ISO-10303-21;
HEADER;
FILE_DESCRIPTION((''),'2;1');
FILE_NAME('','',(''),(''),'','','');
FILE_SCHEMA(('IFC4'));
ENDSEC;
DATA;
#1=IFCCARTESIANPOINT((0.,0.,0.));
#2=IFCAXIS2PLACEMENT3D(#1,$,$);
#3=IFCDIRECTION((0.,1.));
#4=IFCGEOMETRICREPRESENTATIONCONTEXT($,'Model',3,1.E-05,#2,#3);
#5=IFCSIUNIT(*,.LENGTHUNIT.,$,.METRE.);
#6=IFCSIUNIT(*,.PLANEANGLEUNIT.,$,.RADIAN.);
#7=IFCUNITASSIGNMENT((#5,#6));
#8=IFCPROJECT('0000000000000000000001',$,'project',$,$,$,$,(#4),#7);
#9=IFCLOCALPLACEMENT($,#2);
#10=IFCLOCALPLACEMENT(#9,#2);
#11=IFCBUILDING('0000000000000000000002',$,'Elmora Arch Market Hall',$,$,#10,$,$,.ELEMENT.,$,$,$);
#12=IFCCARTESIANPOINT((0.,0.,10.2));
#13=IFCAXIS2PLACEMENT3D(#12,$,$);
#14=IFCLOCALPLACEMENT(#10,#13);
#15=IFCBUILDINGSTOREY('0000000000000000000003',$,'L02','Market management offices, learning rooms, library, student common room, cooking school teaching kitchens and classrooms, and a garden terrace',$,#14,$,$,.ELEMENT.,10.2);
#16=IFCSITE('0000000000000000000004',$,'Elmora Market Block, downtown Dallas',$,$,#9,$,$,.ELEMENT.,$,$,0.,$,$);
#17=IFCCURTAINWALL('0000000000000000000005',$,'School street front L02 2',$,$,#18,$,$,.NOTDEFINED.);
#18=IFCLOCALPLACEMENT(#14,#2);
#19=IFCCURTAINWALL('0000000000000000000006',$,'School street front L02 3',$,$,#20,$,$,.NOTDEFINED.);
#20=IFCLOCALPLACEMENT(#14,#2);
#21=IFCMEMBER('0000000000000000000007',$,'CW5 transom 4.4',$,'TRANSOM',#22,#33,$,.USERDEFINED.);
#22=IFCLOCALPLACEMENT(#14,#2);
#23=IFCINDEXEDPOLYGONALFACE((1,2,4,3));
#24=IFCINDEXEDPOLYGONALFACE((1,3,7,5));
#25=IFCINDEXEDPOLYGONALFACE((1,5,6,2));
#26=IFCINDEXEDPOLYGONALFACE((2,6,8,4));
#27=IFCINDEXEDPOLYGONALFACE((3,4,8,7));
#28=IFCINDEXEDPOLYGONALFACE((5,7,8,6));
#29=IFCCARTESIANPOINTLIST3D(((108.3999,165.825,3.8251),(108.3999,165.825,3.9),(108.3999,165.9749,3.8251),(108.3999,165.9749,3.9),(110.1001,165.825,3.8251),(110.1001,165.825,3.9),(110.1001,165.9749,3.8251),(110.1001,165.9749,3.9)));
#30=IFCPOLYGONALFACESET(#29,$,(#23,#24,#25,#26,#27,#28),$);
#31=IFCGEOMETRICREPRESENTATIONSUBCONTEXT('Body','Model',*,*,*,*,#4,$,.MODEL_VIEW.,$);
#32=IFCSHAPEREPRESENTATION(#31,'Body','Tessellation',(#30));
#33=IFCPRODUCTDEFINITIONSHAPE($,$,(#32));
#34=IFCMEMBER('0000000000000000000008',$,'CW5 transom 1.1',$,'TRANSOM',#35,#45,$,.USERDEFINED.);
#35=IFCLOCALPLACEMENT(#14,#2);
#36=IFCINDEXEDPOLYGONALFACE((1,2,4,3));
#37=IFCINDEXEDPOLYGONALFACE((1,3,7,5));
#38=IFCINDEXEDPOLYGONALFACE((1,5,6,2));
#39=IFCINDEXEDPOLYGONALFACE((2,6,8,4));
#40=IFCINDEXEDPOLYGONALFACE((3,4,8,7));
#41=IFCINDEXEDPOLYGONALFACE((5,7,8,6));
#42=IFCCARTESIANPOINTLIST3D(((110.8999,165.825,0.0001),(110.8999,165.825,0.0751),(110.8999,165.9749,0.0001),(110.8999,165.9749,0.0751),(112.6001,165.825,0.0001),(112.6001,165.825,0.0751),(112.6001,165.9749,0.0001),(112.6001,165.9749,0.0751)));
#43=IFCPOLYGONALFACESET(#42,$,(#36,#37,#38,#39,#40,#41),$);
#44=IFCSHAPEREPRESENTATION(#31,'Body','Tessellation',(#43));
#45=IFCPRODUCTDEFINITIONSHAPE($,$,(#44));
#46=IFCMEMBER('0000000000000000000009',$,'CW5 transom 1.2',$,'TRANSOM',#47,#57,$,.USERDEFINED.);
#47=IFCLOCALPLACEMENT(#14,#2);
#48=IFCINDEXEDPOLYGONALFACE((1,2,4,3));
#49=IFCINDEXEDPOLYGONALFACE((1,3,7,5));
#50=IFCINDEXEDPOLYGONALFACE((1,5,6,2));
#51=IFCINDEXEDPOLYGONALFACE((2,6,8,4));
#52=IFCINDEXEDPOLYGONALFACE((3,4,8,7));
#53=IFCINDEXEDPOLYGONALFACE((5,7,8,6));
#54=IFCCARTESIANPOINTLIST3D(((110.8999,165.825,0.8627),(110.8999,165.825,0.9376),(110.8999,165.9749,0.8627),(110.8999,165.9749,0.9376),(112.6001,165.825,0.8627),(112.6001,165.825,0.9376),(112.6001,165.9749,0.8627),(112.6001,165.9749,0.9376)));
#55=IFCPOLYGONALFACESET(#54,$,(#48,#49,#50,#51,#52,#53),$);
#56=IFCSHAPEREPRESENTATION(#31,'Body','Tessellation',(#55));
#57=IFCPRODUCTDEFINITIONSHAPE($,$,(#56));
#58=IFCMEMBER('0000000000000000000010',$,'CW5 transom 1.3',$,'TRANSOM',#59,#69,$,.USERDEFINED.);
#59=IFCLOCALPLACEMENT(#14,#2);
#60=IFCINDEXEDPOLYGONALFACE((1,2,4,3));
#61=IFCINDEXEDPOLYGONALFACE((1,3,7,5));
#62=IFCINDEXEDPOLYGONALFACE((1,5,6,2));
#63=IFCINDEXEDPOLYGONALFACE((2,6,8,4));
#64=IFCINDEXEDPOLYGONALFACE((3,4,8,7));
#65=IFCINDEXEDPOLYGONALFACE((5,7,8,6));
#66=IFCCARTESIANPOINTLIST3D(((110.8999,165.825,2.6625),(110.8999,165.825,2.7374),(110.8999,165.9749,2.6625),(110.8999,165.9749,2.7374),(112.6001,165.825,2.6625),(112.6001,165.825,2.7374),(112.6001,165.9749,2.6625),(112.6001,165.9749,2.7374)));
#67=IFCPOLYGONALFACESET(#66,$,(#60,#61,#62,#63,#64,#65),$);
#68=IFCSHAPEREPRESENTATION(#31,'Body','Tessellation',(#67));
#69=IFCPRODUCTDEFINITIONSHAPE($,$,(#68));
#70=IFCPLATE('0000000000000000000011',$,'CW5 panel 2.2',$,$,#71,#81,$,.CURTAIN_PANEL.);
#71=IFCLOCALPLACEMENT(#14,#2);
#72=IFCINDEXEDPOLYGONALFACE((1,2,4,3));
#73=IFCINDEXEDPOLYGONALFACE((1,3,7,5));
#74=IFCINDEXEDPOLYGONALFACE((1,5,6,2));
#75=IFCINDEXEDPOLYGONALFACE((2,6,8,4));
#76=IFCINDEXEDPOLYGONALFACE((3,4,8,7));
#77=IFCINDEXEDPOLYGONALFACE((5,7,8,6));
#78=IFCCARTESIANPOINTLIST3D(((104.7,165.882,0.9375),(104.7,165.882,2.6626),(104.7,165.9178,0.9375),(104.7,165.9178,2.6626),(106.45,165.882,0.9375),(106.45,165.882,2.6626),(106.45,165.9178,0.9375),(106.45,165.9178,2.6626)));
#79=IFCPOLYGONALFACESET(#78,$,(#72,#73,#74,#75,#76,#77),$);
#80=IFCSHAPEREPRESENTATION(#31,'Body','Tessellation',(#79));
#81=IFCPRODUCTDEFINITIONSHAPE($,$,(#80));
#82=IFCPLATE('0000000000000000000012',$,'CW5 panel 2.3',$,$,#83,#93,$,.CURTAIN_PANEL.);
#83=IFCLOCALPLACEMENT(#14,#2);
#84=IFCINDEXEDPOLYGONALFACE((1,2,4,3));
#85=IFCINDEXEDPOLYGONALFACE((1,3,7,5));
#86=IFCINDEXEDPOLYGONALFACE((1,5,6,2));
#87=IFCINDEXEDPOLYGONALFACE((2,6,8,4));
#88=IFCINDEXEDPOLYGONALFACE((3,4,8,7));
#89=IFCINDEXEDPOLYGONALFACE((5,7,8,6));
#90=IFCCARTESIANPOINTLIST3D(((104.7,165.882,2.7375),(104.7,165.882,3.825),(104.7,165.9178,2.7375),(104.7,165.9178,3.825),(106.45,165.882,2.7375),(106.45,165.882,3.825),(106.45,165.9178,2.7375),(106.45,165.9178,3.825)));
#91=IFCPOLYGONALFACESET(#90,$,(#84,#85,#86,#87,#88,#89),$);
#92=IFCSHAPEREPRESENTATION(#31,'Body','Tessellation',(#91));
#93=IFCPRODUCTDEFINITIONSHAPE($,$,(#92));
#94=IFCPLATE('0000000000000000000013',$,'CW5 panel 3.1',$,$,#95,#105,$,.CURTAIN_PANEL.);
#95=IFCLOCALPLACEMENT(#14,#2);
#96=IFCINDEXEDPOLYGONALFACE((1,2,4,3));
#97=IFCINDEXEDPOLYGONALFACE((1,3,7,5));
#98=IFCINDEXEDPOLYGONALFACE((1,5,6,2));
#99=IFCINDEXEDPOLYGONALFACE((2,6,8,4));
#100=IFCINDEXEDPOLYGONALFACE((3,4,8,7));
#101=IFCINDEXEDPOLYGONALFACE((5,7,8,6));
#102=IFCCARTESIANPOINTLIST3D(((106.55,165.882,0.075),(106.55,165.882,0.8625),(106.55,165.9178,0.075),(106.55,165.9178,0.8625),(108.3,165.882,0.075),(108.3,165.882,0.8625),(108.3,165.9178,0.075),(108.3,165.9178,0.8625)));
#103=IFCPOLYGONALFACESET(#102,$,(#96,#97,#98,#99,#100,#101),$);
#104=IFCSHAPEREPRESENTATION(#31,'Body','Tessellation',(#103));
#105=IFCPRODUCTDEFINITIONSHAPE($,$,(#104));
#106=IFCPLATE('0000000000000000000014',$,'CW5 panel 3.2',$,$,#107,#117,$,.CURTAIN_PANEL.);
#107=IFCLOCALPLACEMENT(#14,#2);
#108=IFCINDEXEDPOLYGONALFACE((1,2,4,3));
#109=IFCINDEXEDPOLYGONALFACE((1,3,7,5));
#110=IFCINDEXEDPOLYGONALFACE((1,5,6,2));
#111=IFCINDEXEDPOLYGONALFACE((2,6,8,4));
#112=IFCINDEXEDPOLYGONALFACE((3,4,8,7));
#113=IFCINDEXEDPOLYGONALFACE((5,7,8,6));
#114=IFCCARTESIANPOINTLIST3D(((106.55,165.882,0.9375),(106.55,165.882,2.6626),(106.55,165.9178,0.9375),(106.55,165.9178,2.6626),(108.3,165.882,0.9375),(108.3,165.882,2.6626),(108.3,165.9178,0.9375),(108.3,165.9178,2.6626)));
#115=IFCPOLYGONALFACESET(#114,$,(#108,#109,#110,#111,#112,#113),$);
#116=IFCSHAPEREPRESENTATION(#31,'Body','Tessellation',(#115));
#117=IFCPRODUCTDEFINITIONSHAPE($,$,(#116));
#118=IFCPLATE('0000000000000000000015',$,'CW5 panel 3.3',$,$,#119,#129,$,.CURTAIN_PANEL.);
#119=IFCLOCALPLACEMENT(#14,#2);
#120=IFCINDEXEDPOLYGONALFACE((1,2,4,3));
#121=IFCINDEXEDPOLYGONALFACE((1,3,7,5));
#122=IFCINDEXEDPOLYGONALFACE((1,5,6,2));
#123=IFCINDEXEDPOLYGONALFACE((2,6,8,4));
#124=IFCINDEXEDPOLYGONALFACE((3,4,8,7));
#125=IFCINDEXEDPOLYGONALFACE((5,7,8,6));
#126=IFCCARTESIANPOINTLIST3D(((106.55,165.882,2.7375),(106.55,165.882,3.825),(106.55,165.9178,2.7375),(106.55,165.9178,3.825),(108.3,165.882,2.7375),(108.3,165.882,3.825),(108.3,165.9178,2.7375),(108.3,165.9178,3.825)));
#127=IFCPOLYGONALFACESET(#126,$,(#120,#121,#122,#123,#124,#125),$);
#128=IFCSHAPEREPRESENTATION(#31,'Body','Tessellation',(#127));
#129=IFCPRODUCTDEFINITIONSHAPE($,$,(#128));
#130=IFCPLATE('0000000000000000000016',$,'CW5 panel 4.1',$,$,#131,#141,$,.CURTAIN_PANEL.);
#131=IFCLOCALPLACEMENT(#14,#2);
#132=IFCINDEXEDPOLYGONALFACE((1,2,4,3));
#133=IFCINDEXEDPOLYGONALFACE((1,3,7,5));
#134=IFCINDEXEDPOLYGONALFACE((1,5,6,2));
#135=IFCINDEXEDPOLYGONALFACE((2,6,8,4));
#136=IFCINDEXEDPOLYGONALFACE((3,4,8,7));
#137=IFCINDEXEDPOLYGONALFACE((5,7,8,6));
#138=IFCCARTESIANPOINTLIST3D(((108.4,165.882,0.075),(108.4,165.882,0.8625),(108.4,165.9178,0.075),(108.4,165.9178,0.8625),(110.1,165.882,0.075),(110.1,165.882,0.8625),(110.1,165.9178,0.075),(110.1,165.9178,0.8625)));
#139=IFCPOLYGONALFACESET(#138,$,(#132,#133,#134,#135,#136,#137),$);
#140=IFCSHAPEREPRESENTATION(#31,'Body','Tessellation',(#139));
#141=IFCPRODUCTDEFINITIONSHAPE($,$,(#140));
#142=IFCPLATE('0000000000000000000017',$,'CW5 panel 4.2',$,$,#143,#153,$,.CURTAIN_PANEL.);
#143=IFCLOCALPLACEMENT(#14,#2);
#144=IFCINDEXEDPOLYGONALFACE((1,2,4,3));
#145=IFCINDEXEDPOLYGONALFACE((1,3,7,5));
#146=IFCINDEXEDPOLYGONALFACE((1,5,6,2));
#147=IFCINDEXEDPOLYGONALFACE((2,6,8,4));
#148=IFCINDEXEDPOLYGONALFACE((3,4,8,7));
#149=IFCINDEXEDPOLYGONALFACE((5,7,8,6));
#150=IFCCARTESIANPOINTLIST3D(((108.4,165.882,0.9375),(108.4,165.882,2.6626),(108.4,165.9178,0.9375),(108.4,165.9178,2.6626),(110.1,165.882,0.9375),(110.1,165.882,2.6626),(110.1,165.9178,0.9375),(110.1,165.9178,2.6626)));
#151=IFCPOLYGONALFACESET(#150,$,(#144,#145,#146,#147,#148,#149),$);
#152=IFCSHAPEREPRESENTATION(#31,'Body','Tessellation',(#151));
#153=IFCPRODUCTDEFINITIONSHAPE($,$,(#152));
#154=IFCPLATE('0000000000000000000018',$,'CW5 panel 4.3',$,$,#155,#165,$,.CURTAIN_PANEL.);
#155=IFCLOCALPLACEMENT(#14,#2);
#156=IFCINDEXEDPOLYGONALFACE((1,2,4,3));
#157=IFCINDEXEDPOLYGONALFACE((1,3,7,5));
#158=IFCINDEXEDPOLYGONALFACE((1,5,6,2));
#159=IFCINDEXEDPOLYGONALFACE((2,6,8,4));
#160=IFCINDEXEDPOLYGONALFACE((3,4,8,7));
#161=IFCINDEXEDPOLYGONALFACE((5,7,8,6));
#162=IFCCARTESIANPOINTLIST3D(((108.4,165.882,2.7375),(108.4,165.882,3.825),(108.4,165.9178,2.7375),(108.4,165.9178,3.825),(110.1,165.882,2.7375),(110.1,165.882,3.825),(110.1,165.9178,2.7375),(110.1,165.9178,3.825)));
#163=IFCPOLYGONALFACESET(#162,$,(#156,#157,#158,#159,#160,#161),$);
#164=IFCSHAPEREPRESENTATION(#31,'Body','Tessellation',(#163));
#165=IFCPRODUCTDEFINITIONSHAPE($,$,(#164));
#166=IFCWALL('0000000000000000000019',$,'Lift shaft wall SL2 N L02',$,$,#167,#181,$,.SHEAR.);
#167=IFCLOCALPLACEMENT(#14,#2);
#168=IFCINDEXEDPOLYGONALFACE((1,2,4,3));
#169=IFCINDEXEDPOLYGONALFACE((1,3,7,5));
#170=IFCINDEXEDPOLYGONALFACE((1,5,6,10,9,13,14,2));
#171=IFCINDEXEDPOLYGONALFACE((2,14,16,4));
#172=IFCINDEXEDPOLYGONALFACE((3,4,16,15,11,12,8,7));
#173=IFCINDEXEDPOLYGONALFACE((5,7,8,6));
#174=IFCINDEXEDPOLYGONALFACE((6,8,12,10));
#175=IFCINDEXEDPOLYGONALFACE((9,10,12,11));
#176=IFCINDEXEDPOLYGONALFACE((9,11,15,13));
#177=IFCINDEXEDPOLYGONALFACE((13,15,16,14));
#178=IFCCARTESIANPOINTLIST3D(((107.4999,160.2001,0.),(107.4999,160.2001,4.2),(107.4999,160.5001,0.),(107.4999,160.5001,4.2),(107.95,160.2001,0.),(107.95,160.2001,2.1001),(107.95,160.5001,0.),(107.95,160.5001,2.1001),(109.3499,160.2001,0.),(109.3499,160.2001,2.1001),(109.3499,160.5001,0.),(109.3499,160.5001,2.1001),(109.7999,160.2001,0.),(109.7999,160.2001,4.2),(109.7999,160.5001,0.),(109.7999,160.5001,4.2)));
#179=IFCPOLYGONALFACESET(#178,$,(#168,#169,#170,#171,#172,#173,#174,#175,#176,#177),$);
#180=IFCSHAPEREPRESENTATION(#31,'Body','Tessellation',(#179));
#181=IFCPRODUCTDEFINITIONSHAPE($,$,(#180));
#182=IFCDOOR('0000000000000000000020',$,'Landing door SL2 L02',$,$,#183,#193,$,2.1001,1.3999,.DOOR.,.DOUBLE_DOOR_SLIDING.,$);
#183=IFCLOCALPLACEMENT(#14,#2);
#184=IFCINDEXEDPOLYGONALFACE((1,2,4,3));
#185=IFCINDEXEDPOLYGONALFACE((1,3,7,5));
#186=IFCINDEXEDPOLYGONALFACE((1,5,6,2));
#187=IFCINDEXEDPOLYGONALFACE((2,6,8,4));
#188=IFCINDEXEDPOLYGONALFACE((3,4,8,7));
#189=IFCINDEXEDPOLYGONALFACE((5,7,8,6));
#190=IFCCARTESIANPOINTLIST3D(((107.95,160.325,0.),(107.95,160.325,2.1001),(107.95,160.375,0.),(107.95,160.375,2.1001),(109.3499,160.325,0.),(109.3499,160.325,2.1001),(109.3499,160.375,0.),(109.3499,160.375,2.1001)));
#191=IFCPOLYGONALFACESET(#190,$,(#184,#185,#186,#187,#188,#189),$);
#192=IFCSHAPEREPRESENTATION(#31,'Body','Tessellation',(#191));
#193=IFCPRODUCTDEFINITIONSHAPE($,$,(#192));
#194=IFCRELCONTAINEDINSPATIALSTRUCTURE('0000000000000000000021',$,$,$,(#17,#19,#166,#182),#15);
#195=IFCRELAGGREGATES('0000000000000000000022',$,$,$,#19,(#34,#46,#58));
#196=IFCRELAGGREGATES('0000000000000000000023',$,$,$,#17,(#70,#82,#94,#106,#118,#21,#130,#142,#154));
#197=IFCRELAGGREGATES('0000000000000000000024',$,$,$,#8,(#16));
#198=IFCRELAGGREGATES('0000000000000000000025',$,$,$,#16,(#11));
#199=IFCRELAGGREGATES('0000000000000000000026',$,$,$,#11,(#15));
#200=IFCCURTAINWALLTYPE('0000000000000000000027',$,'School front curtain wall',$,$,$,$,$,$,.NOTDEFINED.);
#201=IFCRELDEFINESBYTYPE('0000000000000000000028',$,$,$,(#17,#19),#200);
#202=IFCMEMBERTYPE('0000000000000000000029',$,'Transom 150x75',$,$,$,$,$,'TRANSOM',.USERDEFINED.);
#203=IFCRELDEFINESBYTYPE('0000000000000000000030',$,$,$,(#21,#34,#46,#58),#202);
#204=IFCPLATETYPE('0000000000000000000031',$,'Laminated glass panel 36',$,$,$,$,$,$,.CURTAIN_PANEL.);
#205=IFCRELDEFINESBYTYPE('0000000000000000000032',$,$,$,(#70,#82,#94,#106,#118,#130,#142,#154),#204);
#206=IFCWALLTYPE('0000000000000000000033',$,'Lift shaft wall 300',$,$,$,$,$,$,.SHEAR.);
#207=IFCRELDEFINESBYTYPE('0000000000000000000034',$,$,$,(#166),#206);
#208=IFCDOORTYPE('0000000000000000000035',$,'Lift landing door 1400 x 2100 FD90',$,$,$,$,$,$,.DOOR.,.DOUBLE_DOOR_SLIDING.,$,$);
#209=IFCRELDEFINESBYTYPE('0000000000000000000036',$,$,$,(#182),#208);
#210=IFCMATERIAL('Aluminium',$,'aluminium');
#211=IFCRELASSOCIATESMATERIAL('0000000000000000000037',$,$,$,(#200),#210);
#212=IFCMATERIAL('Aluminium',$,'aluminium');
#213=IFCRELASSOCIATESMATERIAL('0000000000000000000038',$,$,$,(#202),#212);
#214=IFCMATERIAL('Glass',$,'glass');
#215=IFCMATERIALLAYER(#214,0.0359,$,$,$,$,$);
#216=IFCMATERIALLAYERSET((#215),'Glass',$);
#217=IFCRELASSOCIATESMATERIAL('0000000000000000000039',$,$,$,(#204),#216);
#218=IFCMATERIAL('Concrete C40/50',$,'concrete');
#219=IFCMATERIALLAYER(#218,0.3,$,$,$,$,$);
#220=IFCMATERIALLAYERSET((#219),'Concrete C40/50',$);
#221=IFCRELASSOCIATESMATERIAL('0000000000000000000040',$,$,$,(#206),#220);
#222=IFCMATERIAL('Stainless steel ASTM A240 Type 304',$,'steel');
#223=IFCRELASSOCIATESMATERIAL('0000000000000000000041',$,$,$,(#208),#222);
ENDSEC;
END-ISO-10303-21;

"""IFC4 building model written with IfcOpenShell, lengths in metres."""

from ifc_helpers import new_model, si_unit, direction, frame, frame_2d, origin, origin_2d, place, context, subcontext, project, spatial, rectangle, extrude, material, layer, layer_set, material_profile, profile_set, type_object, element, fill, aggregate, save


model = new_model("IFC4")

# Units and contexts
model_context = context("Model", 3, precision=1e-05, world=origin(), true_north=direction((0.0, 1.0)))
body_context = subcontext(model_context, "Body", "Model", "MODEL_VIEW")
ifc_project = project(units=[si_unit("LENGTHUNIT", "METRE"), si_unit("PLANEANGLEUNIT", "RADIAN")], contexts=[model_context])

# Site, building, storey
site_placement = place(None, origin())
site = spatial("IfcSite", under=ifc_project, at=site_placement, Name="Elmora Market Block, downtown Dallas", CompositionType="ELEMENT", RefElevation=0.0)
building_placement = place(site_placement, origin())
building = spatial("IfcBuilding", under=site, at=building_placement, Name="Elmora Arch Market Hall", CompositionType="ELEMENT")
storey_placement = place(building_placement, frame((0.0, 0.0, 10.2)))
storey = spatial("IfcBuildingStorey", under=building, at=storey_placement, Name="L02", Description="Market management offices, learning rooms, library, student common room, cooking school teaching kitchens and classrooms, and a garden terrace", CompositionType="ELEMENT", Elevation=10.2)

# Curtain wall
ifc_material_1 = material(Name="Aluminium", Category="aluminium")
curtain_wall_type = type_object("IfcCurtainWallType", Name="School front curtain wall", PredefinedType="NOTDEFINED", material=ifc_material_1)
curtain_wall_1_placement = place(storey_placement, origin())
curtain_wall_1 = element("IfcCurtainWall", 1, at=curtain_wall_1_placement, inside=storey, type_object=curtain_wall_type, Name="School street front L02 2", PredefinedType="NOTDEFINED")

# Curtain wall
curtain_wall_2_placement = place(storey_placement, origin())
curtain_wall_2 = element("IfcCurtainWall", 2, at=curtain_wall_2_placement, inside=storey, type_object=curtain_wall_type, Name="School street front L02 3", PredefinedType="NOTDEFINED")

# Members
ifc_material_2 = material(Name="Aluminium", Category="aluminium")
ifc_material_profile_1 = material_profile(ifc_material_2, rectangle(XDim=0.1499, YDim=0.075, at=origin_2d()), Name="AL 150x75")
ifc_profile_set_1 = profile_set([ifc_material_profile_1], Name="Aluminium")
member_type_1 = type_object("IfcMemberType", Name="Transom 150x75", ElementType="TRANSOM", PredefinedType="USERDEFINED", material=ifc_profile_set_1)
member_1_placement = place(storey_placement, frame((108.3999, 165.8999, 3.8625), z_axis=(1.0, 0.0, 0.0), x_axis=(0.0, 1.0, 0.0)))
member_1 = element("IfcMember", 3, at=member_1_placement, type_object=member_type_1, Name="CW5 transom 4.4", ObjectType="TRANSOM", PredefinedType="USERDEFINED", context=body_context, shape_type="SweptSolid", body=[
    extrude(rectangle(XDim=0.1499, YDim=0.075, at=origin_2d()), origin(), (0.0, 0.0, 1.0), 1.7002),
])
member_2_placement = place(storey_placement, frame((110.8999, 165.8999, 0.0376), z_axis=(1.0, 0.0, 0.0), x_axis=(0.0, 1.0, 0.0)))
member_2 = element("IfcMember", 4, at=member_2_placement, type_object=member_type_1, Name="CW5 transom 1.1", ObjectType="TRANSOM", PredefinedType="USERDEFINED", context=body_context, shape_type="SweptSolid", body=[
    extrude(rectangle(XDim=0.1499, YDim=0.075, at=origin_2d()), origin(), (0.0, 0.0, 1.0), 1.7002),
])
member_3_placement = place(storey_placement, frame((110.8999, 165.8999, 0.9001), z_axis=(1.0, 0.0, 0.0), x_axis=(0.0, 1.0, 0.0)))
member_3 = element("IfcMember", 5, at=member_3_placement, type_object=member_type_1, Name="CW5 transom 1.2", ObjectType="TRANSOM", PredefinedType="USERDEFINED", context=body_context, shape_type="SweptSolid", body=[
    extrude(rectangle(XDim=0.1499, YDim=0.075, at=origin_2d()), origin(), (0.0, 0.0, 1.0), 1.7002),
])
member_4_placement = place(storey_placement, frame((110.8999, 165.8999, 2.7), z_axis=(1.0, 0.0, 0.0), x_axis=(0.0, 1.0, 0.0)))
member_4 = element("IfcMember", 6, at=member_4_placement, type_object=member_type_1, Name="CW5 transom 1.3", ObjectType="TRANSOM", PredefinedType="USERDEFINED", context=body_context, shape_type="SweptSolid", body=[
    extrude(rectangle(XDim=0.1499, YDim=0.075, at=origin_2d()), origin(), (0.0, 0.0, 1.0), 1.7002),
])
aggregate(curtain_wall_2, [member_2, member_3, member_4])

# Plates
ifc_material_3 = material(Name="Glass", Category="glass")
ifc_layer_1 = layer(ifc_material_3, 0.0359)
ifc_layer_set_1 = layer_set([ifc_layer_1], Name="Glass")
plate_type = type_object("IfcPlateType", Name="Laminated glass panel 36", PredefinedType="CURTAIN_PANEL", material=ifc_layer_set_1)
plate_1_placement = place(storey_placement, frame((105.575, 165.8999, 0.9375), z_axis=(0.0, 0.0, 1.0), x_axis=(1.0, 0.0, 0.0)))
plate_1 = element("IfcPlate", 7, at=plate_1_placement, type_object=plate_type, Name="CW5 panel 2.2", PredefinedType="CURTAIN_PANEL", context=body_context, shape_type="SweptSolid", body=[
    extrude(rectangle(XDim=1.75, YDim=0.0359, at=origin_2d()), origin(), (0.0, 0.0, 1.0), 1.7251),
])
plate_2_placement = place(storey_placement, frame((105.575, 165.8999, 2.7375), z_axis=(0.0, 0.0, 1.0), x_axis=(1.0, 0.0, 0.0)))
plate_2 = element("IfcPlate", 8, at=plate_2_placement, type_object=plate_type, Name="CW5 panel 2.3", PredefinedType="CURTAIN_PANEL", context=body_context, shape_type="SweptSolid", body=[
    extrude(rectangle(XDim=1.75, YDim=0.0359, at=origin_2d()), origin(), (0.0, 0.0, 1.0), 1.0874),
])
plate_3_placement = place(storey_placement, frame((107.425, 165.8999, 0.075), z_axis=(0.0, 0.0, 1.0), x_axis=(1.0, 0.0, 0.0)))
plate_3 = element("IfcPlate", 9, at=plate_3_placement, type_object=plate_type, Name="CW5 panel 3.1", PredefinedType="CURTAIN_PANEL", context=body_context, shape_type="SweptSolid", body=[
    extrude(rectangle(XDim=1.75, YDim=0.0359, at=origin_2d()), origin(), (0.0, 0.0, 1.0), 0.7876),
])
plate_4_placement = place(storey_placement, frame((107.425, 165.8999, 0.9375), z_axis=(0.0, 0.0, 1.0), x_axis=(1.0, 0.0, 0.0)))
plate_4 = element("IfcPlate", 10, at=plate_4_placement, type_object=plate_type, Name="CW5 panel 3.2", PredefinedType="CURTAIN_PANEL", context=body_context, shape_type="SweptSolid", body=[
    extrude(rectangle(XDim=1.75, YDim=0.0359, at=origin_2d()), origin(), (0.0, 0.0, 1.0), 1.7251),
])
plate_5_placement = place(storey_placement, frame((107.425, 165.8999, 2.7375), z_axis=(0.0, 0.0, 1.0), x_axis=(1.0, 0.0, 0.0)))
plate_5 = element("IfcPlate", 11, at=plate_5_placement, type_object=plate_type, Name="CW5 panel 3.3", PredefinedType="CURTAIN_PANEL", context=body_context, shape_type="SweptSolid", body=[
    extrude(rectangle(XDim=1.75, YDim=0.0359, at=origin_2d()), origin(), (0.0, 0.0, 1.0), 1.0874),
])
plate_6_placement = place(storey_placement, frame((109.25, 165.8999, 0.075), z_axis=(0.0, 0.0, 1.0), x_axis=(1.0, 0.0, 0.0)))
plate_6 = element("IfcPlate", 12, at=plate_6_placement, type_object=plate_type, Name="CW5 panel 4.1", PredefinedType="CURTAIN_PANEL", context=body_context, shape_type="SweptSolid", body=[
    extrude(rectangle(XDim=1.7, YDim=0.0359, at=origin_2d()), origin(), (0.0, 0.0, 1.0), 0.7876),
])
plate_7_placement = place(storey_placement, frame((109.25, 165.8999, 0.9375), z_axis=(0.0, 0.0, 1.0), x_axis=(1.0, 0.0, 0.0)))
plate_7 = element("IfcPlate", 13, at=plate_7_placement, type_object=plate_type, Name="CW5 panel 4.2", PredefinedType="CURTAIN_PANEL", context=body_context, shape_type="SweptSolid", body=[
    extrude(rectangle(XDim=1.7, YDim=0.0359, at=origin_2d()), origin(), (0.0, 0.0, 1.0), 1.7251),
])
plate_8_placement = place(storey_placement, frame((109.25, 165.8999, 2.7375), z_axis=(0.0, 0.0, 1.0), x_axis=(1.0, 0.0, 0.0)))
plate_8 = element("IfcPlate", 14, at=plate_8_placement, type_object=plate_type, Name="CW5 panel 4.3", PredefinedType="CURTAIN_PANEL", context=body_context, shape_type="SweptSolid", body=[
    extrude(rectangle(XDim=1.7, YDim=0.0359, at=origin_2d()), origin(), (0.0, 0.0, 1.0), 1.0874),
])
aggregate(curtain_wall_1, [plate_1, plate_2, plate_3, plate_4, plate_5, member_1, plate_6, plate_7, plate_8])

# Wall, opening, door
ifc_material_4 = material(Name="Concrete C40/50", Category="concrete")
ifc_layer_2 = layer(ifc_material_4, 0.3)
ifc_layer_set_2 = layer_set([ifc_layer_2], Name="Concrete C40/50")
wall_type = type_object("IfcWallType", Name="Lift shaft wall 300", PredefinedType="SHEAR", material=ifc_layer_set_2)
wall_placement = place(storey_placement, frame((107.5, 160.3501, 0.0), z_axis=(0.0, 0.0, 1.0), x_axis=(1.0, 0.0, 0.0)))
wall = element("IfcWall", 15, at=wall_placement, inside=storey, type_object=wall_type, Name="Lift shaft wall SL2 N L02", PredefinedType="SHEAR", context=body_context, shape_type="SweptSolid", body=[
    extrude(rectangle(XDim=2.3, YDim=0.3, at=frame_2d((1.1499, 0.0))), origin(), (0.0, 0.0, 1.0), 4.2),
])
opening_placement = place(wall_placement, frame((0.45, 0.0, 0.0)))
opening = element("IfcOpeningElement", 16, at=opening_placement, cuts=wall, PredefinedType="OPENING", context=body_context, shape_type="SweptSolid", body=[
    extrude(rectangle(XDim=1.3999, YDim=2.1001, at=frame_2d((0.7, 1.05))), frame((0.0, 0.1599, 0.0), z_axis=(0.0, -1.0, 0.0), x_axis=(1.0, 0.0, 0.0)), (0.0, 0.0, 1.0), 0.3201),
])
ifc_material_5 = material(Name="Stainless steel ASTM A240 Type 304", Category="steel")
door_type = type_object("IfcDoorType", Name="Lift landing door 1400 x 2100 FD90", OperationType="DOUBLE_DOOR_SLIDING", PredefinedType="DOOR", material=ifc_material_5)
door_placement = place(opening_placement, origin())
door = element("IfcDoor", 17, at=door_placement, inside=storey, type_object=door_type, Name="Landing door SL2 L02", OperationType="DOUBLE_DOOR_SLIDING", OverallHeight=2.1001, OverallWidth=1.3999, PredefinedType="DOOR", context=body_context, shape_type="SweptSolid", body=[
    extrude(rectangle(XDim=1.3999, YDim=2.1001, at=frame_2d((0.7, 1.05))), frame((0.0, 0.0249, 0.0), z_axis=(0.0, -1.0, 0.0), x_axis=(1.0, 0.0, 0.0)), (0.0, 0.0, 1.0), 0.05),
])
fill(opening, door)

save(model, "model.ifc")
